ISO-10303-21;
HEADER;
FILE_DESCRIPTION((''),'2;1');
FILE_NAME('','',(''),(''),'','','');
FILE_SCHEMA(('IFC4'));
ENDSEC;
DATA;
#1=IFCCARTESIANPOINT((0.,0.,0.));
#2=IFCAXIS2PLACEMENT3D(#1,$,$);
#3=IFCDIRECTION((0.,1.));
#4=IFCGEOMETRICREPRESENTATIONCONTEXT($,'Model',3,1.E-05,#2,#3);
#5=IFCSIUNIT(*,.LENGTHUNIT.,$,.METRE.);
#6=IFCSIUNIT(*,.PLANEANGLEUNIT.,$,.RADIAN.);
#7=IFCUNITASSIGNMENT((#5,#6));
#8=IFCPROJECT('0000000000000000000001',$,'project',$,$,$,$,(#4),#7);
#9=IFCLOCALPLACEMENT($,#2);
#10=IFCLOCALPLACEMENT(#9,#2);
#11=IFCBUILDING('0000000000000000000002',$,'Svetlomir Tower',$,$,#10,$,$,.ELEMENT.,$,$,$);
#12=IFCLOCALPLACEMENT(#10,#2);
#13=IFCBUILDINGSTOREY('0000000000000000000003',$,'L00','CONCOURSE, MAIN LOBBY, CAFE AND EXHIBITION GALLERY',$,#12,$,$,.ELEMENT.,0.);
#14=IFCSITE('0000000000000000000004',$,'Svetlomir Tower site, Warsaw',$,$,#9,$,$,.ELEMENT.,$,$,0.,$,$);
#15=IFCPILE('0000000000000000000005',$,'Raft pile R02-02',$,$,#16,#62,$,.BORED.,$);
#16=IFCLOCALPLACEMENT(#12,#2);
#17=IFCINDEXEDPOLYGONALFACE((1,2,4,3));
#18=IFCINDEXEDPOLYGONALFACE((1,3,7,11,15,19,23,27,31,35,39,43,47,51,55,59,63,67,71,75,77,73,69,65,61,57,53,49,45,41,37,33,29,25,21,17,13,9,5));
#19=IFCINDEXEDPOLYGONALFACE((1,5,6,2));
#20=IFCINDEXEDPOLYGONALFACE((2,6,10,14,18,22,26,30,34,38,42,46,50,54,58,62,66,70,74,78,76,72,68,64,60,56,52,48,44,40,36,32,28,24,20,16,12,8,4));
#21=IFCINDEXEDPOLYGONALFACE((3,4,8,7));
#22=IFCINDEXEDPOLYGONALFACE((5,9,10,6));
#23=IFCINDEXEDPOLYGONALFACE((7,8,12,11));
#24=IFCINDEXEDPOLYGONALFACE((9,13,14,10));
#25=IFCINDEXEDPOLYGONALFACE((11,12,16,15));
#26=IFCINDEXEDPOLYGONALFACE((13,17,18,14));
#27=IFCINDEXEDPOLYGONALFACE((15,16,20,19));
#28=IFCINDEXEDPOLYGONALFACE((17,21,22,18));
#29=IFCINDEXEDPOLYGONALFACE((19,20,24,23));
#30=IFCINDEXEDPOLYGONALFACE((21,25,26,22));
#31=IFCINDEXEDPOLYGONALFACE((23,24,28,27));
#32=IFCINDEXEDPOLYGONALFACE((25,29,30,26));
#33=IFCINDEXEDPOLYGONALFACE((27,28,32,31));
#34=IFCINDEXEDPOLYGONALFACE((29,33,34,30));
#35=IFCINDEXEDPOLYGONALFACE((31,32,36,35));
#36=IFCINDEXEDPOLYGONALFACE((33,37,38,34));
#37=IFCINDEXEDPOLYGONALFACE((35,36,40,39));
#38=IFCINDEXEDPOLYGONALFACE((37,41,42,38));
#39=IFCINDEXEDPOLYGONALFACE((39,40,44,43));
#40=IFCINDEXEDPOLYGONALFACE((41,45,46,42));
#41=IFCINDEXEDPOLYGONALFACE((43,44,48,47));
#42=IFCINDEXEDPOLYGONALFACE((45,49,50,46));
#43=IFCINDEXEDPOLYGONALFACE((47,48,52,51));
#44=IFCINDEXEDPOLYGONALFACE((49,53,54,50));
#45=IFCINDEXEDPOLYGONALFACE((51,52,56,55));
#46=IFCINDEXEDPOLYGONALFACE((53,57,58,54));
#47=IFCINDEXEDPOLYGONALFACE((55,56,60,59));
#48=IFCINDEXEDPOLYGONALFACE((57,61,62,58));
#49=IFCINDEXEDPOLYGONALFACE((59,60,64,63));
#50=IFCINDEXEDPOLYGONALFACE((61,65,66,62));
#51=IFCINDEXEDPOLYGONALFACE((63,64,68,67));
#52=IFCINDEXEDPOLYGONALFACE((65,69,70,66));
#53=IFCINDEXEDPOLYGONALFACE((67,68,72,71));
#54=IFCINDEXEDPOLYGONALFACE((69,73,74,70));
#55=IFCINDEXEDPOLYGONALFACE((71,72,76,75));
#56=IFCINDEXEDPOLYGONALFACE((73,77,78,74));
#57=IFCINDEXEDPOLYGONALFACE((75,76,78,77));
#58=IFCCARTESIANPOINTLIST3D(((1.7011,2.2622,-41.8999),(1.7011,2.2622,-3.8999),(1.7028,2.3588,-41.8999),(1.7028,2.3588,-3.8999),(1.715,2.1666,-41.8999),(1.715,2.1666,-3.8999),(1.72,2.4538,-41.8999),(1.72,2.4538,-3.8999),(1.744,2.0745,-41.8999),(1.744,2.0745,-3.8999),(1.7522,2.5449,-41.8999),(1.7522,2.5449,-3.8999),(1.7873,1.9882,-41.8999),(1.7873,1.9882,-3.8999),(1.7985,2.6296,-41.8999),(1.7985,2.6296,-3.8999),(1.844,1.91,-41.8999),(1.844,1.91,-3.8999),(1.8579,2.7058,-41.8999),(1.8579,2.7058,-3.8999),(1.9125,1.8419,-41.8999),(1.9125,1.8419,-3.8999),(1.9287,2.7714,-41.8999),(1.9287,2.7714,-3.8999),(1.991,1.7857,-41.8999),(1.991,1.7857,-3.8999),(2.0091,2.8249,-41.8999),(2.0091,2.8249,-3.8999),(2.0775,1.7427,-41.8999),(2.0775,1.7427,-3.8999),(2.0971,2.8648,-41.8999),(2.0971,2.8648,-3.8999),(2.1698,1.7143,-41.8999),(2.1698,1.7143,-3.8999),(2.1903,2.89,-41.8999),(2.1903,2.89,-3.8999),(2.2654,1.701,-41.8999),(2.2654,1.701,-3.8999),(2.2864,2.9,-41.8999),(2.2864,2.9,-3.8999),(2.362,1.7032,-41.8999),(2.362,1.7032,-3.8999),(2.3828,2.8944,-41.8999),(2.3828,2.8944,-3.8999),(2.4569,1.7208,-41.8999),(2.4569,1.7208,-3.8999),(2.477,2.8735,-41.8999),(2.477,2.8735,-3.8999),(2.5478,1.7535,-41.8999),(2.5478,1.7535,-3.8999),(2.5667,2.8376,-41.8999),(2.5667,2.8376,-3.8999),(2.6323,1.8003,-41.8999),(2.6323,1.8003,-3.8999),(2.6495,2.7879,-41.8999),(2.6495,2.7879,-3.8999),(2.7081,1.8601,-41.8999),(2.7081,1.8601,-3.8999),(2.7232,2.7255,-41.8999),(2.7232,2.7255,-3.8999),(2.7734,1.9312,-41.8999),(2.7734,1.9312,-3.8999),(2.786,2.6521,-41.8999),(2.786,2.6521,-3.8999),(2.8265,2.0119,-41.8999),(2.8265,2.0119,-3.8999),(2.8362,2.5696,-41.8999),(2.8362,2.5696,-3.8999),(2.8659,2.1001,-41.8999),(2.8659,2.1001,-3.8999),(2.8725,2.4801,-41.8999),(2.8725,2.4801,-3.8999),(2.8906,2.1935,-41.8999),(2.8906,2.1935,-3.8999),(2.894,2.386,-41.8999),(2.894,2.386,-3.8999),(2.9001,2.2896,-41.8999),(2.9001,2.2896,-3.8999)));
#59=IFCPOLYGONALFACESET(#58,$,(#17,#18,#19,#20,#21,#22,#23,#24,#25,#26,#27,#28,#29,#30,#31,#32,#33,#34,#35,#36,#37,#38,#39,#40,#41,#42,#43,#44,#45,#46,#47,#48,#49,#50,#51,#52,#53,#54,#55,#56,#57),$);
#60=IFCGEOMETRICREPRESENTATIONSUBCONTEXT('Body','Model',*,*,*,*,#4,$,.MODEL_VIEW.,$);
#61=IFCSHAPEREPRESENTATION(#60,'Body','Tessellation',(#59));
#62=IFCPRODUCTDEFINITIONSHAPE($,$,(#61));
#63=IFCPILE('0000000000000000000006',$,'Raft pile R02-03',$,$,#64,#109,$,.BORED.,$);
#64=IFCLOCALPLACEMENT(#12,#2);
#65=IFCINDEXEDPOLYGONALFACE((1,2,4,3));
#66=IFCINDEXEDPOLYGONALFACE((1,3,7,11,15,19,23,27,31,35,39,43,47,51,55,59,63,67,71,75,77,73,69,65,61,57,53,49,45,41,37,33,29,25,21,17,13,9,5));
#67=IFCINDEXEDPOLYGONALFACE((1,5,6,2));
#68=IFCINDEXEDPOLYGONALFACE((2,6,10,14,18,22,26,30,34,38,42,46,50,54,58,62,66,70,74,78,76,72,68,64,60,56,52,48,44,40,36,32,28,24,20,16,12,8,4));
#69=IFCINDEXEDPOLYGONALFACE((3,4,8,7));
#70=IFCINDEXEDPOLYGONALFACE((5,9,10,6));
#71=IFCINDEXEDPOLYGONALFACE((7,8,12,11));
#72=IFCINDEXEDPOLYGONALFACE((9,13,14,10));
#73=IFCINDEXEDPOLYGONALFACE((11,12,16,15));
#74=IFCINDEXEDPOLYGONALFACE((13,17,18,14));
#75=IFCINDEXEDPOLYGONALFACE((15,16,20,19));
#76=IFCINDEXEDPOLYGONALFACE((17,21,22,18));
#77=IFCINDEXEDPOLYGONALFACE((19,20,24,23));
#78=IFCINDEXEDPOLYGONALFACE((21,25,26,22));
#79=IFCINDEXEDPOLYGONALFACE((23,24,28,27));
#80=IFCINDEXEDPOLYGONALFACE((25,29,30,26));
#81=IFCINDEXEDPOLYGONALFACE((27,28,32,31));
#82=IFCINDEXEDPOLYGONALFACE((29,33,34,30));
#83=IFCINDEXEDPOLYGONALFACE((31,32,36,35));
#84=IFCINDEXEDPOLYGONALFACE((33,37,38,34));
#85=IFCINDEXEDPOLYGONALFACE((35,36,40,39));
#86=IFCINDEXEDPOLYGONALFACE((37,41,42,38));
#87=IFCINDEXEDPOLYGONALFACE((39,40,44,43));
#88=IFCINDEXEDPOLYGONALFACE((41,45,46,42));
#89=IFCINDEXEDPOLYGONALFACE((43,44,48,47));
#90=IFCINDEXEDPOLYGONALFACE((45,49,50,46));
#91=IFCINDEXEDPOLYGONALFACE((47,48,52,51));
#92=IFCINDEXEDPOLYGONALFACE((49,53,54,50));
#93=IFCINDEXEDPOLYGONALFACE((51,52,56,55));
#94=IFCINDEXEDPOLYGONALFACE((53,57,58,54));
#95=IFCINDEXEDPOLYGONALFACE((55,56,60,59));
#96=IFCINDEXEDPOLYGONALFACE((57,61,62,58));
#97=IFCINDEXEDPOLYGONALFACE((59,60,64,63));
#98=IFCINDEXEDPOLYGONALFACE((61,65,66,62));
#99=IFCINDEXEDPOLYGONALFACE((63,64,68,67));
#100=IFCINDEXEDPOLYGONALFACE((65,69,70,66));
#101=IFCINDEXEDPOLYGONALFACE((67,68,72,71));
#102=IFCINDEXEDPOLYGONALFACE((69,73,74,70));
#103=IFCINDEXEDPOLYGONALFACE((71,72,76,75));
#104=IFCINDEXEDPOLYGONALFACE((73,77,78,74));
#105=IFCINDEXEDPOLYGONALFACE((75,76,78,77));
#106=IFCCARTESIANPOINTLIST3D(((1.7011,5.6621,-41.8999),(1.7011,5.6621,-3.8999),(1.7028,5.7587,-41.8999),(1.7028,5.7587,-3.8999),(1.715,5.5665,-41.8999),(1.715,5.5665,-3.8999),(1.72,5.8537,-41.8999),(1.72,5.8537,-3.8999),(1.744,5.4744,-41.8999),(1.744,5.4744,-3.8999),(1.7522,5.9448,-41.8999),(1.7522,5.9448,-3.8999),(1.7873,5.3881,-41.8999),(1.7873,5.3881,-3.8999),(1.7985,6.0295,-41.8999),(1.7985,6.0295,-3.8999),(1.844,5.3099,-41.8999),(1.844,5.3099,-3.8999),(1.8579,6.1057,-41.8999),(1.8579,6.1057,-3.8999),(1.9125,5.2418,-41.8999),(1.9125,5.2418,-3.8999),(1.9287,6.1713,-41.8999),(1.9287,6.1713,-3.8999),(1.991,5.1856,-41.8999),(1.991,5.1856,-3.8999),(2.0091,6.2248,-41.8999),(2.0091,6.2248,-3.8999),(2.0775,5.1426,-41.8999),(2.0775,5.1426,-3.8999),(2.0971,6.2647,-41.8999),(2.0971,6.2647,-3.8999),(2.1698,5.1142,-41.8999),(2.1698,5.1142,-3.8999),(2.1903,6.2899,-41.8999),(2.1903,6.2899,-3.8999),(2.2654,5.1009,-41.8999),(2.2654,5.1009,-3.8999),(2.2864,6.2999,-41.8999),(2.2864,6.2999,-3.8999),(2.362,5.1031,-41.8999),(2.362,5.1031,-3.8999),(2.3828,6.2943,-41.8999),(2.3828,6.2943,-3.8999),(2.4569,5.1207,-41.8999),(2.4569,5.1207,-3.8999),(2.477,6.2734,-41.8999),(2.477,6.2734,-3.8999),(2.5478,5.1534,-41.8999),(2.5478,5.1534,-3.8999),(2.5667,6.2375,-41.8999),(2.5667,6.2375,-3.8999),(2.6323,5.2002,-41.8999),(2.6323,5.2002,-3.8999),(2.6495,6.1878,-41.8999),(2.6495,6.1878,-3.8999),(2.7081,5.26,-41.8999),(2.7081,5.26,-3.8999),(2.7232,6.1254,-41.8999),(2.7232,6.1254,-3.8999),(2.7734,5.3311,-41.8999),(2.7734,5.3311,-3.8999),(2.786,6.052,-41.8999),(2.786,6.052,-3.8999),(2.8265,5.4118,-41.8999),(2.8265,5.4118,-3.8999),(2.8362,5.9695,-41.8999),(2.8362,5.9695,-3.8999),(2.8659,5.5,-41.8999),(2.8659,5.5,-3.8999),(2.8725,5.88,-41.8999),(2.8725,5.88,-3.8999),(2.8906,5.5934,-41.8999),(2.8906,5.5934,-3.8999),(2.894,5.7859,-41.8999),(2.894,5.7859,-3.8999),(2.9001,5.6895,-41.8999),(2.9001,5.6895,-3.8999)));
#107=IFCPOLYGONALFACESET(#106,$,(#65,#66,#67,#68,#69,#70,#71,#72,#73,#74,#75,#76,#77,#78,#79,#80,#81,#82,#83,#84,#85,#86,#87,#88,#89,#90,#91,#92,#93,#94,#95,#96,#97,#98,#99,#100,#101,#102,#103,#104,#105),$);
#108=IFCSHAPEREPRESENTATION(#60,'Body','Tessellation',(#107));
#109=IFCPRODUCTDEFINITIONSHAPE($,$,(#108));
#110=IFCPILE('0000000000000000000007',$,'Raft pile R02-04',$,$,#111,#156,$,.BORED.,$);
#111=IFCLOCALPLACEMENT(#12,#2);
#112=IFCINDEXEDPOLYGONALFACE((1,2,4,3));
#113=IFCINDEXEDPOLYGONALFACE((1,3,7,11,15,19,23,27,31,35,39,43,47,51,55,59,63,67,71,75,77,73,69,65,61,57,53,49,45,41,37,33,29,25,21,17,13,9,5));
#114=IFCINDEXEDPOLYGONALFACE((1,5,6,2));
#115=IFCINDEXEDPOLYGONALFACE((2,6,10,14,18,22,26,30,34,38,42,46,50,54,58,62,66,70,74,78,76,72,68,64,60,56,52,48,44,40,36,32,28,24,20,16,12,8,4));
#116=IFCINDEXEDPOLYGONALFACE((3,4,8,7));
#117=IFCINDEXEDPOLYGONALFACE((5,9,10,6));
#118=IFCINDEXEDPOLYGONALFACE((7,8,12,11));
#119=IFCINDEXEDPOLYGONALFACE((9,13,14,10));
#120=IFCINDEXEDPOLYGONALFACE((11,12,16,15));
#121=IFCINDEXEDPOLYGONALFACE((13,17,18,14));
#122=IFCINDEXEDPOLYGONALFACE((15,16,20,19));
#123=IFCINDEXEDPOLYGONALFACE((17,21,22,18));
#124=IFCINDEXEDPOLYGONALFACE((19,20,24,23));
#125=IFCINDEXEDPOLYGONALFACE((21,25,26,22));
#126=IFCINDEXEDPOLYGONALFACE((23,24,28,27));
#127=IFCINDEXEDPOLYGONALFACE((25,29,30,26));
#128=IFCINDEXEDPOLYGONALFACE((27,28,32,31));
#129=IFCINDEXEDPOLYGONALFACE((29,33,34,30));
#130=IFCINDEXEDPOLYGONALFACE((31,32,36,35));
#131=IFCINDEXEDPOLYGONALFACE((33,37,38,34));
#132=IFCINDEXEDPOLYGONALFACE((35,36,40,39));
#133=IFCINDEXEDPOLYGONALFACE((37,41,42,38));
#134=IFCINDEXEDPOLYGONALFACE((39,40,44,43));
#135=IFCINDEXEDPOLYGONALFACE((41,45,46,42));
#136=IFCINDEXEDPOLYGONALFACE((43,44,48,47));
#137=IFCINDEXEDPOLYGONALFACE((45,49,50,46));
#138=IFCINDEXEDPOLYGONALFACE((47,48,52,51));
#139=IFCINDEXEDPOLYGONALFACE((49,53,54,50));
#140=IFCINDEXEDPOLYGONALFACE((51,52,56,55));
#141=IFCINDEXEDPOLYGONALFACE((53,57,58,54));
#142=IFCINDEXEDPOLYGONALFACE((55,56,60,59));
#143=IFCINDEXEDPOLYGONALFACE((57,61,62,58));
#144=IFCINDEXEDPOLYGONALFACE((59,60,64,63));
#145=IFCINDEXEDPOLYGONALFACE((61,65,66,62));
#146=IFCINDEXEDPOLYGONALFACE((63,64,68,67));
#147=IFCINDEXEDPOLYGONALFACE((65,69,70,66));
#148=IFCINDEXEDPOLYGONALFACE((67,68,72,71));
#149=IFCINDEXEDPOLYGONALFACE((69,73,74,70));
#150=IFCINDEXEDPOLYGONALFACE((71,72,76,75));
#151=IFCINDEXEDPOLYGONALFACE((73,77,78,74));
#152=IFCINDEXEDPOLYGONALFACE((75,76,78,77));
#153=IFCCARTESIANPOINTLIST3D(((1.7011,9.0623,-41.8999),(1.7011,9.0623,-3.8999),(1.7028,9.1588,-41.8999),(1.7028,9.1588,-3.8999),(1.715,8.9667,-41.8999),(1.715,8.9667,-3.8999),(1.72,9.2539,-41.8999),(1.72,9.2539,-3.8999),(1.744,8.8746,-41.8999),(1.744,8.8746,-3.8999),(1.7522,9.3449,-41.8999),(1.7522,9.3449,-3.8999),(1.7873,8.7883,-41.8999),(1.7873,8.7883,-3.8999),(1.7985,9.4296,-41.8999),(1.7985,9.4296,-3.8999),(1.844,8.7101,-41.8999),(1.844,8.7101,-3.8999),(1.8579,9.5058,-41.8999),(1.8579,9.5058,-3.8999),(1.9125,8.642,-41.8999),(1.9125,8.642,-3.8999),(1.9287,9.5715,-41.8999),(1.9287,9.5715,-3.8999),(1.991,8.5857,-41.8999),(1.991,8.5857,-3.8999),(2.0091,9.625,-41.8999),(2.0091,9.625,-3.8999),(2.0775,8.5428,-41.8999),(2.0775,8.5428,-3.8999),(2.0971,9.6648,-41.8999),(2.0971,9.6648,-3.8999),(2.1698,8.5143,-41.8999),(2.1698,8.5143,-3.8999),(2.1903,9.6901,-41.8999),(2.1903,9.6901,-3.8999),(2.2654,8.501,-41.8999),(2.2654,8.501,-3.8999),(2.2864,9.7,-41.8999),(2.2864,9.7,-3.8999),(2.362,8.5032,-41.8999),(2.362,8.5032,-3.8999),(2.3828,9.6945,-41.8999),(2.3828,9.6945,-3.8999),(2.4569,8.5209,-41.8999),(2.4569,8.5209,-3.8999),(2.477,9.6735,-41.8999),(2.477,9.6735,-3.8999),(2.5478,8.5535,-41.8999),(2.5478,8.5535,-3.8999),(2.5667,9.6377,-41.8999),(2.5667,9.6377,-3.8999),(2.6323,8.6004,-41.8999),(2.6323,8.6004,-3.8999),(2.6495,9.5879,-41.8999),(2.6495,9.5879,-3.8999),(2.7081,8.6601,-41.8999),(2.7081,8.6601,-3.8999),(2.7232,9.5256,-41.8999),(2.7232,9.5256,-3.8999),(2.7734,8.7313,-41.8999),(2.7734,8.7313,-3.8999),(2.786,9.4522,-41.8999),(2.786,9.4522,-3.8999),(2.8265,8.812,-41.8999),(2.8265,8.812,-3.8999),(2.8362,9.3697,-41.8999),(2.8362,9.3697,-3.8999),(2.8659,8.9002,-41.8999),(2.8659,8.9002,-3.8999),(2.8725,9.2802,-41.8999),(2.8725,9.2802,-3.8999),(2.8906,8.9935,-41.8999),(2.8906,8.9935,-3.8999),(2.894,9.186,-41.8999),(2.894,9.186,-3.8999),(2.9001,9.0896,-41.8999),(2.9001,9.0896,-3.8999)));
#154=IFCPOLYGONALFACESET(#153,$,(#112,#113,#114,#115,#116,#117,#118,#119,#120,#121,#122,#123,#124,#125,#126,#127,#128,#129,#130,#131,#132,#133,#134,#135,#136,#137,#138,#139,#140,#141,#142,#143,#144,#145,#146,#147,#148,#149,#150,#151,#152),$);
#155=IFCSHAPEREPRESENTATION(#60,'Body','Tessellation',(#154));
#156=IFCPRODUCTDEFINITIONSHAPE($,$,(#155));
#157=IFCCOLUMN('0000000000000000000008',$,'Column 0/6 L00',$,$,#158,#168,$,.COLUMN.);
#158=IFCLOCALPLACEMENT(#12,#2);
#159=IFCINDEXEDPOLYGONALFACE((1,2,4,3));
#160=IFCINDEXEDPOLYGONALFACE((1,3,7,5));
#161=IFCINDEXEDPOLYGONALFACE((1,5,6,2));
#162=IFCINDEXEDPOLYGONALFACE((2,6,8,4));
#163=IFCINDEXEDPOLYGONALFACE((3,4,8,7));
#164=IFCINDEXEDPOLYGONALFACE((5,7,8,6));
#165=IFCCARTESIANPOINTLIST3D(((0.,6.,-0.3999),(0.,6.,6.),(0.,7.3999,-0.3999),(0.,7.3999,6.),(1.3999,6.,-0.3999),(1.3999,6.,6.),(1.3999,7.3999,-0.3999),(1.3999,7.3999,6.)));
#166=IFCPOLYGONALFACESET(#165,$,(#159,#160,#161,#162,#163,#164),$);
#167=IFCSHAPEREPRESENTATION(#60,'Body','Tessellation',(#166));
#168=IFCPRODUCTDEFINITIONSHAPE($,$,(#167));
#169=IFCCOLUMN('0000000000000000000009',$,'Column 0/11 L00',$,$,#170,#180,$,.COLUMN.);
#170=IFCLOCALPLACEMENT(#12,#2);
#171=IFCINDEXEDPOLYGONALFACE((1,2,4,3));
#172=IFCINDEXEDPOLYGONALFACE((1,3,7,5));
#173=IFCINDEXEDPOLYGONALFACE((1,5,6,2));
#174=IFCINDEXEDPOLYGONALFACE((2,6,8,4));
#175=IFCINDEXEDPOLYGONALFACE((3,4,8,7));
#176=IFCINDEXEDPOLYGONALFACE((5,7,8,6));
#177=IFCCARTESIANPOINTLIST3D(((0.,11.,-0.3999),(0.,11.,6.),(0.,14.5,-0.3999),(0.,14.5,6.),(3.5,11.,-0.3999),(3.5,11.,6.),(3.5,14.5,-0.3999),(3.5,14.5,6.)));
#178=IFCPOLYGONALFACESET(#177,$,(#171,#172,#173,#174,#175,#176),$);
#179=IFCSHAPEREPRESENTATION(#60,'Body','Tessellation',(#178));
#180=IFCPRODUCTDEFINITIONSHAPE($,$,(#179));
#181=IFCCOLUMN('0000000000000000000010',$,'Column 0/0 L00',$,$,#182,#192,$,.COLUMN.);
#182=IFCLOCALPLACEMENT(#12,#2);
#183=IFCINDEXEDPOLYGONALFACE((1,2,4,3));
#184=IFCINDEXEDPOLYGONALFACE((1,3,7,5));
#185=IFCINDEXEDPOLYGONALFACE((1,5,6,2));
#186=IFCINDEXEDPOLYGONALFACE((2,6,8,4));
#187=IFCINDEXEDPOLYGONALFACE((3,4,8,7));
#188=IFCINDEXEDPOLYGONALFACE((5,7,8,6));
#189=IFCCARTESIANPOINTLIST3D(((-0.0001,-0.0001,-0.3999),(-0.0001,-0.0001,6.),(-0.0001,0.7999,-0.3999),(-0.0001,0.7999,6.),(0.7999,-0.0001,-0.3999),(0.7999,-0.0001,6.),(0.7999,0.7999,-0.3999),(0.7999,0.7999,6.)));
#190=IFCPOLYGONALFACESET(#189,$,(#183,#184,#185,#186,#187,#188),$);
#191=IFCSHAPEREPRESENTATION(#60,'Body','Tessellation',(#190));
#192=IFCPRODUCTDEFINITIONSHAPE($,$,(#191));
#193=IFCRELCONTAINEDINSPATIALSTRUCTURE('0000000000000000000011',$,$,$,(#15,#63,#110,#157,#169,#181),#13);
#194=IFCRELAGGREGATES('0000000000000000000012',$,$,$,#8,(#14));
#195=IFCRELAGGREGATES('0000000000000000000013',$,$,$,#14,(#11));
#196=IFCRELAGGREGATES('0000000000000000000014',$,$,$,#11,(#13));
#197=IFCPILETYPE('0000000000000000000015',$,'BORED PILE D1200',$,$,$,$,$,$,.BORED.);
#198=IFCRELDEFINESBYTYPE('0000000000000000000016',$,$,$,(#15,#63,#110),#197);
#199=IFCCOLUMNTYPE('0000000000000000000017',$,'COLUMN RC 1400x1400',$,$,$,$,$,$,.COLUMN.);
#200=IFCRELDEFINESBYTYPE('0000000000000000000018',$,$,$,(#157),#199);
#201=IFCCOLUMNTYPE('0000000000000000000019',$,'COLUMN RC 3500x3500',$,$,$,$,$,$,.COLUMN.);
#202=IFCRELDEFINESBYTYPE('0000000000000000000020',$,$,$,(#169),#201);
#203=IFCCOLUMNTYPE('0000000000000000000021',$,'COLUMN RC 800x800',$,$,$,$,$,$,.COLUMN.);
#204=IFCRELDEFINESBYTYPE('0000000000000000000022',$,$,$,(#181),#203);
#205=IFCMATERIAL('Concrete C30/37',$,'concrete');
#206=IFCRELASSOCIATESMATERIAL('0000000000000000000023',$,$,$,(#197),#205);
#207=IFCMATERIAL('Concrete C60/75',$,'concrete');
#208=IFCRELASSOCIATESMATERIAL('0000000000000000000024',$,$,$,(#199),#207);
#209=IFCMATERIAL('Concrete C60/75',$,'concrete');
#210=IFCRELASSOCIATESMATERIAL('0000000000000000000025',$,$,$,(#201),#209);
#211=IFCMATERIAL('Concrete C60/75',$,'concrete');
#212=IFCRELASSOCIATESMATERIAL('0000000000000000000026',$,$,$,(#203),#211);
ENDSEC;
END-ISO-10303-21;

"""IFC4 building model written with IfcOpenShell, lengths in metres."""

from ifc_helpers import new_model, si_unit, direction, frame, frame_2d, origin, origin_2d, place, context, subcontext, project, spatial, rectangle, circle, extrude, material, material_profile, profile_set, type_object, element, save


model = new_model("IFC4")

# Units and contexts
model_context = context("Model", 3, precision=1e-05, world=origin(), true_north=direction((0.0, 1.0)))
body_context = subcontext(model_context, "Body", "Model", "MODEL_VIEW")
ifc_project = project(units=[si_unit("LENGTHUNIT", "METRE"), si_unit("PLANEANGLEUNIT", "RADIAN")], contexts=[model_context])

# Site, building, storey
site_placement = place(None, origin())
site = spatial("IfcSite", under=ifc_project, at=site_placement, Name="Svetlomir Tower site, Warsaw", CompositionType="ELEMENT", RefElevation=0.0)
building_placement = place(site_placement, origin())
building = spatial("IfcBuilding", under=site, at=building_placement, Name="Svetlomir Tower", CompositionType="ELEMENT")
storey_placement = place(building_placement, origin())
storey = spatial("IfcBuildingStorey", under=building, at=storey_placement, Name="L00", Description="CONCOURSE, MAIN LOBBY, CAFE AND EXHIBITION GALLERY", CompositionType="ELEMENT", Elevation=0.0)

# Piles
ifc_material_1 = material(Name="Concrete C30/37", Category="concrete")
ifc_material_profile_1 = material_profile(ifc_material_1, circle(Radius=0.6001, at=origin_2d()), Name="D1200")
ifc_profile_set_1 = profile_set([ifc_material_profile_1], Name="Concrete C30/37")
pile_type = type_object("IfcPileType", Name="BORED PILE D1200", PredefinedType="BORED", material=ifc_profile_set_1)
for number, where, z_axis, x_axis, name in (
    (1, (2.3, 2.3, -3.8999), (0.0, 0.0, -1.0), (1.0, 0.0, 0.0), "Raft pile R02-02"),
    (2, (2.3, 5.7, -3.8999), (0.0, 0.0, -1.0), (1.0, 0.0, 0.0), "Raft pile R02-03"),
    (3, (2.3, 9.1001, -3.8999), (0.0, 0.0, -1.0), (1.0, 0.0, 0.0), "Raft pile R02-04"),
):
    element("IfcPile", number, at=place(storey_placement, frame(where, z_axis=z_axis, x_axis=x_axis)), inside=storey, type_object=pile_type, Name=name, PredefinedType="BORED", context=body_context, shape_type="SweptSolid", body=[
        extrude(circle(Radius=0.6001, at=frame_2d((0.0, 0.0), x_axis=(0.999848, 0.017452))), origin(), (0.0, 0.0, 1.0), 38.0),
    ])

# Columns
ifc_material_2 = material(Name="Concrete C60/75", Category="concrete")
ifc_material_profile_2 = material_profile(ifc_material_2, rectangle(XDim=1.3999, YDim=1.3999, at=origin_2d()), Name="RC 1400x1400")
ifc_profile_set_2 = profile_set([ifc_material_profile_2], Name="Concrete C60/75")
column_type_1 = type_object("IfcColumnType", Name="COLUMN RC 1400x1400", PredefinedType="COLUMN", material=ifc_profile_set_2)
column_1_placement = place(storey_placement, frame((0.7, 6.7, -0.3999), z_axis=(0.0, 0.0, 1.0), x_axis=(1.0, 0.0, 0.0)))
element("IfcColumn", 4, at=column_1_placement, inside=storey, type_object=column_type_1, Name="Column 0/6 L00", PredefinedType="COLUMN", context=body_context, shape_type="SweptSolid", body=[
    extrude(rectangle(XDim=1.3999, YDim=1.3999, at=origin_2d()), origin(), (0.0, 0.0, 1.0), 6.3999),
])
ifc_material_3 = material(Name="Concrete C60/75", Category="concrete")
ifc_material_profile_3 = material_profile(ifc_material_3, rectangle(XDim=3.5, YDim=3.5, at=origin_2d()), Name="RC 3500x3500")
ifc_profile_set_3 = profile_set([ifc_material_profile_3], Name="Concrete C60/75")
column_type_2 = type_object("IfcColumnType", Name="COLUMN RC 3500x3500", PredefinedType="COLUMN", material=ifc_profile_set_3)
column_2_placement = place(storey_placement, frame((1.75, 12.75, -0.3999), z_axis=(0.0, 0.0, 1.0), x_axis=(1.0, 0.0, 0.0)))
element("IfcColumn", 5, at=column_2_placement, inside=storey, type_object=column_type_2, Name="Column 0/11 L00", PredefinedType="COLUMN", context=body_context, shape_type="SweptSolid", body=[
    extrude(rectangle(XDim=3.5, YDim=3.5, at=origin_2d()), origin(), (0.0, 0.0, 1.0), 6.3999),
])
ifc_material_4 = material(Name="Concrete C60/75", Category="concrete")
ifc_material_profile_4 = material_profile(ifc_material_4, rectangle(XDim=0.8, YDim=0.8, at=origin_2d()), Name="RC 800x800")
ifc_profile_set_4 = profile_set([ifc_material_profile_4], Name="Concrete C60/75")
column_type_3 = type_object("IfcColumnType", Name="COLUMN RC 800x800", PredefinedType="COLUMN", material=ifc_profile_set_4)
column_3_placement = place(storey_placement, frame((0.3999, 0.3999, -0.3999), z_axis=(0.0, 0.0, 1.0), x_axis=(1.0, 0.0, 0.0)))
element("IfcColumn", 6, at=column_3_placement, inside=storey, type_object=column_type_3, Name="Column 0/0 L00", PredefinedType="COLUMN", context=body_context, shape_type="SweptSolid", body=[
    extrude(rectangle(XDim=0.8, YDim=0.8, at=origin_2d()), origin(), (0.0, 0.0, 1.0), 6.3999),
])

save(model, "model.ifc")
